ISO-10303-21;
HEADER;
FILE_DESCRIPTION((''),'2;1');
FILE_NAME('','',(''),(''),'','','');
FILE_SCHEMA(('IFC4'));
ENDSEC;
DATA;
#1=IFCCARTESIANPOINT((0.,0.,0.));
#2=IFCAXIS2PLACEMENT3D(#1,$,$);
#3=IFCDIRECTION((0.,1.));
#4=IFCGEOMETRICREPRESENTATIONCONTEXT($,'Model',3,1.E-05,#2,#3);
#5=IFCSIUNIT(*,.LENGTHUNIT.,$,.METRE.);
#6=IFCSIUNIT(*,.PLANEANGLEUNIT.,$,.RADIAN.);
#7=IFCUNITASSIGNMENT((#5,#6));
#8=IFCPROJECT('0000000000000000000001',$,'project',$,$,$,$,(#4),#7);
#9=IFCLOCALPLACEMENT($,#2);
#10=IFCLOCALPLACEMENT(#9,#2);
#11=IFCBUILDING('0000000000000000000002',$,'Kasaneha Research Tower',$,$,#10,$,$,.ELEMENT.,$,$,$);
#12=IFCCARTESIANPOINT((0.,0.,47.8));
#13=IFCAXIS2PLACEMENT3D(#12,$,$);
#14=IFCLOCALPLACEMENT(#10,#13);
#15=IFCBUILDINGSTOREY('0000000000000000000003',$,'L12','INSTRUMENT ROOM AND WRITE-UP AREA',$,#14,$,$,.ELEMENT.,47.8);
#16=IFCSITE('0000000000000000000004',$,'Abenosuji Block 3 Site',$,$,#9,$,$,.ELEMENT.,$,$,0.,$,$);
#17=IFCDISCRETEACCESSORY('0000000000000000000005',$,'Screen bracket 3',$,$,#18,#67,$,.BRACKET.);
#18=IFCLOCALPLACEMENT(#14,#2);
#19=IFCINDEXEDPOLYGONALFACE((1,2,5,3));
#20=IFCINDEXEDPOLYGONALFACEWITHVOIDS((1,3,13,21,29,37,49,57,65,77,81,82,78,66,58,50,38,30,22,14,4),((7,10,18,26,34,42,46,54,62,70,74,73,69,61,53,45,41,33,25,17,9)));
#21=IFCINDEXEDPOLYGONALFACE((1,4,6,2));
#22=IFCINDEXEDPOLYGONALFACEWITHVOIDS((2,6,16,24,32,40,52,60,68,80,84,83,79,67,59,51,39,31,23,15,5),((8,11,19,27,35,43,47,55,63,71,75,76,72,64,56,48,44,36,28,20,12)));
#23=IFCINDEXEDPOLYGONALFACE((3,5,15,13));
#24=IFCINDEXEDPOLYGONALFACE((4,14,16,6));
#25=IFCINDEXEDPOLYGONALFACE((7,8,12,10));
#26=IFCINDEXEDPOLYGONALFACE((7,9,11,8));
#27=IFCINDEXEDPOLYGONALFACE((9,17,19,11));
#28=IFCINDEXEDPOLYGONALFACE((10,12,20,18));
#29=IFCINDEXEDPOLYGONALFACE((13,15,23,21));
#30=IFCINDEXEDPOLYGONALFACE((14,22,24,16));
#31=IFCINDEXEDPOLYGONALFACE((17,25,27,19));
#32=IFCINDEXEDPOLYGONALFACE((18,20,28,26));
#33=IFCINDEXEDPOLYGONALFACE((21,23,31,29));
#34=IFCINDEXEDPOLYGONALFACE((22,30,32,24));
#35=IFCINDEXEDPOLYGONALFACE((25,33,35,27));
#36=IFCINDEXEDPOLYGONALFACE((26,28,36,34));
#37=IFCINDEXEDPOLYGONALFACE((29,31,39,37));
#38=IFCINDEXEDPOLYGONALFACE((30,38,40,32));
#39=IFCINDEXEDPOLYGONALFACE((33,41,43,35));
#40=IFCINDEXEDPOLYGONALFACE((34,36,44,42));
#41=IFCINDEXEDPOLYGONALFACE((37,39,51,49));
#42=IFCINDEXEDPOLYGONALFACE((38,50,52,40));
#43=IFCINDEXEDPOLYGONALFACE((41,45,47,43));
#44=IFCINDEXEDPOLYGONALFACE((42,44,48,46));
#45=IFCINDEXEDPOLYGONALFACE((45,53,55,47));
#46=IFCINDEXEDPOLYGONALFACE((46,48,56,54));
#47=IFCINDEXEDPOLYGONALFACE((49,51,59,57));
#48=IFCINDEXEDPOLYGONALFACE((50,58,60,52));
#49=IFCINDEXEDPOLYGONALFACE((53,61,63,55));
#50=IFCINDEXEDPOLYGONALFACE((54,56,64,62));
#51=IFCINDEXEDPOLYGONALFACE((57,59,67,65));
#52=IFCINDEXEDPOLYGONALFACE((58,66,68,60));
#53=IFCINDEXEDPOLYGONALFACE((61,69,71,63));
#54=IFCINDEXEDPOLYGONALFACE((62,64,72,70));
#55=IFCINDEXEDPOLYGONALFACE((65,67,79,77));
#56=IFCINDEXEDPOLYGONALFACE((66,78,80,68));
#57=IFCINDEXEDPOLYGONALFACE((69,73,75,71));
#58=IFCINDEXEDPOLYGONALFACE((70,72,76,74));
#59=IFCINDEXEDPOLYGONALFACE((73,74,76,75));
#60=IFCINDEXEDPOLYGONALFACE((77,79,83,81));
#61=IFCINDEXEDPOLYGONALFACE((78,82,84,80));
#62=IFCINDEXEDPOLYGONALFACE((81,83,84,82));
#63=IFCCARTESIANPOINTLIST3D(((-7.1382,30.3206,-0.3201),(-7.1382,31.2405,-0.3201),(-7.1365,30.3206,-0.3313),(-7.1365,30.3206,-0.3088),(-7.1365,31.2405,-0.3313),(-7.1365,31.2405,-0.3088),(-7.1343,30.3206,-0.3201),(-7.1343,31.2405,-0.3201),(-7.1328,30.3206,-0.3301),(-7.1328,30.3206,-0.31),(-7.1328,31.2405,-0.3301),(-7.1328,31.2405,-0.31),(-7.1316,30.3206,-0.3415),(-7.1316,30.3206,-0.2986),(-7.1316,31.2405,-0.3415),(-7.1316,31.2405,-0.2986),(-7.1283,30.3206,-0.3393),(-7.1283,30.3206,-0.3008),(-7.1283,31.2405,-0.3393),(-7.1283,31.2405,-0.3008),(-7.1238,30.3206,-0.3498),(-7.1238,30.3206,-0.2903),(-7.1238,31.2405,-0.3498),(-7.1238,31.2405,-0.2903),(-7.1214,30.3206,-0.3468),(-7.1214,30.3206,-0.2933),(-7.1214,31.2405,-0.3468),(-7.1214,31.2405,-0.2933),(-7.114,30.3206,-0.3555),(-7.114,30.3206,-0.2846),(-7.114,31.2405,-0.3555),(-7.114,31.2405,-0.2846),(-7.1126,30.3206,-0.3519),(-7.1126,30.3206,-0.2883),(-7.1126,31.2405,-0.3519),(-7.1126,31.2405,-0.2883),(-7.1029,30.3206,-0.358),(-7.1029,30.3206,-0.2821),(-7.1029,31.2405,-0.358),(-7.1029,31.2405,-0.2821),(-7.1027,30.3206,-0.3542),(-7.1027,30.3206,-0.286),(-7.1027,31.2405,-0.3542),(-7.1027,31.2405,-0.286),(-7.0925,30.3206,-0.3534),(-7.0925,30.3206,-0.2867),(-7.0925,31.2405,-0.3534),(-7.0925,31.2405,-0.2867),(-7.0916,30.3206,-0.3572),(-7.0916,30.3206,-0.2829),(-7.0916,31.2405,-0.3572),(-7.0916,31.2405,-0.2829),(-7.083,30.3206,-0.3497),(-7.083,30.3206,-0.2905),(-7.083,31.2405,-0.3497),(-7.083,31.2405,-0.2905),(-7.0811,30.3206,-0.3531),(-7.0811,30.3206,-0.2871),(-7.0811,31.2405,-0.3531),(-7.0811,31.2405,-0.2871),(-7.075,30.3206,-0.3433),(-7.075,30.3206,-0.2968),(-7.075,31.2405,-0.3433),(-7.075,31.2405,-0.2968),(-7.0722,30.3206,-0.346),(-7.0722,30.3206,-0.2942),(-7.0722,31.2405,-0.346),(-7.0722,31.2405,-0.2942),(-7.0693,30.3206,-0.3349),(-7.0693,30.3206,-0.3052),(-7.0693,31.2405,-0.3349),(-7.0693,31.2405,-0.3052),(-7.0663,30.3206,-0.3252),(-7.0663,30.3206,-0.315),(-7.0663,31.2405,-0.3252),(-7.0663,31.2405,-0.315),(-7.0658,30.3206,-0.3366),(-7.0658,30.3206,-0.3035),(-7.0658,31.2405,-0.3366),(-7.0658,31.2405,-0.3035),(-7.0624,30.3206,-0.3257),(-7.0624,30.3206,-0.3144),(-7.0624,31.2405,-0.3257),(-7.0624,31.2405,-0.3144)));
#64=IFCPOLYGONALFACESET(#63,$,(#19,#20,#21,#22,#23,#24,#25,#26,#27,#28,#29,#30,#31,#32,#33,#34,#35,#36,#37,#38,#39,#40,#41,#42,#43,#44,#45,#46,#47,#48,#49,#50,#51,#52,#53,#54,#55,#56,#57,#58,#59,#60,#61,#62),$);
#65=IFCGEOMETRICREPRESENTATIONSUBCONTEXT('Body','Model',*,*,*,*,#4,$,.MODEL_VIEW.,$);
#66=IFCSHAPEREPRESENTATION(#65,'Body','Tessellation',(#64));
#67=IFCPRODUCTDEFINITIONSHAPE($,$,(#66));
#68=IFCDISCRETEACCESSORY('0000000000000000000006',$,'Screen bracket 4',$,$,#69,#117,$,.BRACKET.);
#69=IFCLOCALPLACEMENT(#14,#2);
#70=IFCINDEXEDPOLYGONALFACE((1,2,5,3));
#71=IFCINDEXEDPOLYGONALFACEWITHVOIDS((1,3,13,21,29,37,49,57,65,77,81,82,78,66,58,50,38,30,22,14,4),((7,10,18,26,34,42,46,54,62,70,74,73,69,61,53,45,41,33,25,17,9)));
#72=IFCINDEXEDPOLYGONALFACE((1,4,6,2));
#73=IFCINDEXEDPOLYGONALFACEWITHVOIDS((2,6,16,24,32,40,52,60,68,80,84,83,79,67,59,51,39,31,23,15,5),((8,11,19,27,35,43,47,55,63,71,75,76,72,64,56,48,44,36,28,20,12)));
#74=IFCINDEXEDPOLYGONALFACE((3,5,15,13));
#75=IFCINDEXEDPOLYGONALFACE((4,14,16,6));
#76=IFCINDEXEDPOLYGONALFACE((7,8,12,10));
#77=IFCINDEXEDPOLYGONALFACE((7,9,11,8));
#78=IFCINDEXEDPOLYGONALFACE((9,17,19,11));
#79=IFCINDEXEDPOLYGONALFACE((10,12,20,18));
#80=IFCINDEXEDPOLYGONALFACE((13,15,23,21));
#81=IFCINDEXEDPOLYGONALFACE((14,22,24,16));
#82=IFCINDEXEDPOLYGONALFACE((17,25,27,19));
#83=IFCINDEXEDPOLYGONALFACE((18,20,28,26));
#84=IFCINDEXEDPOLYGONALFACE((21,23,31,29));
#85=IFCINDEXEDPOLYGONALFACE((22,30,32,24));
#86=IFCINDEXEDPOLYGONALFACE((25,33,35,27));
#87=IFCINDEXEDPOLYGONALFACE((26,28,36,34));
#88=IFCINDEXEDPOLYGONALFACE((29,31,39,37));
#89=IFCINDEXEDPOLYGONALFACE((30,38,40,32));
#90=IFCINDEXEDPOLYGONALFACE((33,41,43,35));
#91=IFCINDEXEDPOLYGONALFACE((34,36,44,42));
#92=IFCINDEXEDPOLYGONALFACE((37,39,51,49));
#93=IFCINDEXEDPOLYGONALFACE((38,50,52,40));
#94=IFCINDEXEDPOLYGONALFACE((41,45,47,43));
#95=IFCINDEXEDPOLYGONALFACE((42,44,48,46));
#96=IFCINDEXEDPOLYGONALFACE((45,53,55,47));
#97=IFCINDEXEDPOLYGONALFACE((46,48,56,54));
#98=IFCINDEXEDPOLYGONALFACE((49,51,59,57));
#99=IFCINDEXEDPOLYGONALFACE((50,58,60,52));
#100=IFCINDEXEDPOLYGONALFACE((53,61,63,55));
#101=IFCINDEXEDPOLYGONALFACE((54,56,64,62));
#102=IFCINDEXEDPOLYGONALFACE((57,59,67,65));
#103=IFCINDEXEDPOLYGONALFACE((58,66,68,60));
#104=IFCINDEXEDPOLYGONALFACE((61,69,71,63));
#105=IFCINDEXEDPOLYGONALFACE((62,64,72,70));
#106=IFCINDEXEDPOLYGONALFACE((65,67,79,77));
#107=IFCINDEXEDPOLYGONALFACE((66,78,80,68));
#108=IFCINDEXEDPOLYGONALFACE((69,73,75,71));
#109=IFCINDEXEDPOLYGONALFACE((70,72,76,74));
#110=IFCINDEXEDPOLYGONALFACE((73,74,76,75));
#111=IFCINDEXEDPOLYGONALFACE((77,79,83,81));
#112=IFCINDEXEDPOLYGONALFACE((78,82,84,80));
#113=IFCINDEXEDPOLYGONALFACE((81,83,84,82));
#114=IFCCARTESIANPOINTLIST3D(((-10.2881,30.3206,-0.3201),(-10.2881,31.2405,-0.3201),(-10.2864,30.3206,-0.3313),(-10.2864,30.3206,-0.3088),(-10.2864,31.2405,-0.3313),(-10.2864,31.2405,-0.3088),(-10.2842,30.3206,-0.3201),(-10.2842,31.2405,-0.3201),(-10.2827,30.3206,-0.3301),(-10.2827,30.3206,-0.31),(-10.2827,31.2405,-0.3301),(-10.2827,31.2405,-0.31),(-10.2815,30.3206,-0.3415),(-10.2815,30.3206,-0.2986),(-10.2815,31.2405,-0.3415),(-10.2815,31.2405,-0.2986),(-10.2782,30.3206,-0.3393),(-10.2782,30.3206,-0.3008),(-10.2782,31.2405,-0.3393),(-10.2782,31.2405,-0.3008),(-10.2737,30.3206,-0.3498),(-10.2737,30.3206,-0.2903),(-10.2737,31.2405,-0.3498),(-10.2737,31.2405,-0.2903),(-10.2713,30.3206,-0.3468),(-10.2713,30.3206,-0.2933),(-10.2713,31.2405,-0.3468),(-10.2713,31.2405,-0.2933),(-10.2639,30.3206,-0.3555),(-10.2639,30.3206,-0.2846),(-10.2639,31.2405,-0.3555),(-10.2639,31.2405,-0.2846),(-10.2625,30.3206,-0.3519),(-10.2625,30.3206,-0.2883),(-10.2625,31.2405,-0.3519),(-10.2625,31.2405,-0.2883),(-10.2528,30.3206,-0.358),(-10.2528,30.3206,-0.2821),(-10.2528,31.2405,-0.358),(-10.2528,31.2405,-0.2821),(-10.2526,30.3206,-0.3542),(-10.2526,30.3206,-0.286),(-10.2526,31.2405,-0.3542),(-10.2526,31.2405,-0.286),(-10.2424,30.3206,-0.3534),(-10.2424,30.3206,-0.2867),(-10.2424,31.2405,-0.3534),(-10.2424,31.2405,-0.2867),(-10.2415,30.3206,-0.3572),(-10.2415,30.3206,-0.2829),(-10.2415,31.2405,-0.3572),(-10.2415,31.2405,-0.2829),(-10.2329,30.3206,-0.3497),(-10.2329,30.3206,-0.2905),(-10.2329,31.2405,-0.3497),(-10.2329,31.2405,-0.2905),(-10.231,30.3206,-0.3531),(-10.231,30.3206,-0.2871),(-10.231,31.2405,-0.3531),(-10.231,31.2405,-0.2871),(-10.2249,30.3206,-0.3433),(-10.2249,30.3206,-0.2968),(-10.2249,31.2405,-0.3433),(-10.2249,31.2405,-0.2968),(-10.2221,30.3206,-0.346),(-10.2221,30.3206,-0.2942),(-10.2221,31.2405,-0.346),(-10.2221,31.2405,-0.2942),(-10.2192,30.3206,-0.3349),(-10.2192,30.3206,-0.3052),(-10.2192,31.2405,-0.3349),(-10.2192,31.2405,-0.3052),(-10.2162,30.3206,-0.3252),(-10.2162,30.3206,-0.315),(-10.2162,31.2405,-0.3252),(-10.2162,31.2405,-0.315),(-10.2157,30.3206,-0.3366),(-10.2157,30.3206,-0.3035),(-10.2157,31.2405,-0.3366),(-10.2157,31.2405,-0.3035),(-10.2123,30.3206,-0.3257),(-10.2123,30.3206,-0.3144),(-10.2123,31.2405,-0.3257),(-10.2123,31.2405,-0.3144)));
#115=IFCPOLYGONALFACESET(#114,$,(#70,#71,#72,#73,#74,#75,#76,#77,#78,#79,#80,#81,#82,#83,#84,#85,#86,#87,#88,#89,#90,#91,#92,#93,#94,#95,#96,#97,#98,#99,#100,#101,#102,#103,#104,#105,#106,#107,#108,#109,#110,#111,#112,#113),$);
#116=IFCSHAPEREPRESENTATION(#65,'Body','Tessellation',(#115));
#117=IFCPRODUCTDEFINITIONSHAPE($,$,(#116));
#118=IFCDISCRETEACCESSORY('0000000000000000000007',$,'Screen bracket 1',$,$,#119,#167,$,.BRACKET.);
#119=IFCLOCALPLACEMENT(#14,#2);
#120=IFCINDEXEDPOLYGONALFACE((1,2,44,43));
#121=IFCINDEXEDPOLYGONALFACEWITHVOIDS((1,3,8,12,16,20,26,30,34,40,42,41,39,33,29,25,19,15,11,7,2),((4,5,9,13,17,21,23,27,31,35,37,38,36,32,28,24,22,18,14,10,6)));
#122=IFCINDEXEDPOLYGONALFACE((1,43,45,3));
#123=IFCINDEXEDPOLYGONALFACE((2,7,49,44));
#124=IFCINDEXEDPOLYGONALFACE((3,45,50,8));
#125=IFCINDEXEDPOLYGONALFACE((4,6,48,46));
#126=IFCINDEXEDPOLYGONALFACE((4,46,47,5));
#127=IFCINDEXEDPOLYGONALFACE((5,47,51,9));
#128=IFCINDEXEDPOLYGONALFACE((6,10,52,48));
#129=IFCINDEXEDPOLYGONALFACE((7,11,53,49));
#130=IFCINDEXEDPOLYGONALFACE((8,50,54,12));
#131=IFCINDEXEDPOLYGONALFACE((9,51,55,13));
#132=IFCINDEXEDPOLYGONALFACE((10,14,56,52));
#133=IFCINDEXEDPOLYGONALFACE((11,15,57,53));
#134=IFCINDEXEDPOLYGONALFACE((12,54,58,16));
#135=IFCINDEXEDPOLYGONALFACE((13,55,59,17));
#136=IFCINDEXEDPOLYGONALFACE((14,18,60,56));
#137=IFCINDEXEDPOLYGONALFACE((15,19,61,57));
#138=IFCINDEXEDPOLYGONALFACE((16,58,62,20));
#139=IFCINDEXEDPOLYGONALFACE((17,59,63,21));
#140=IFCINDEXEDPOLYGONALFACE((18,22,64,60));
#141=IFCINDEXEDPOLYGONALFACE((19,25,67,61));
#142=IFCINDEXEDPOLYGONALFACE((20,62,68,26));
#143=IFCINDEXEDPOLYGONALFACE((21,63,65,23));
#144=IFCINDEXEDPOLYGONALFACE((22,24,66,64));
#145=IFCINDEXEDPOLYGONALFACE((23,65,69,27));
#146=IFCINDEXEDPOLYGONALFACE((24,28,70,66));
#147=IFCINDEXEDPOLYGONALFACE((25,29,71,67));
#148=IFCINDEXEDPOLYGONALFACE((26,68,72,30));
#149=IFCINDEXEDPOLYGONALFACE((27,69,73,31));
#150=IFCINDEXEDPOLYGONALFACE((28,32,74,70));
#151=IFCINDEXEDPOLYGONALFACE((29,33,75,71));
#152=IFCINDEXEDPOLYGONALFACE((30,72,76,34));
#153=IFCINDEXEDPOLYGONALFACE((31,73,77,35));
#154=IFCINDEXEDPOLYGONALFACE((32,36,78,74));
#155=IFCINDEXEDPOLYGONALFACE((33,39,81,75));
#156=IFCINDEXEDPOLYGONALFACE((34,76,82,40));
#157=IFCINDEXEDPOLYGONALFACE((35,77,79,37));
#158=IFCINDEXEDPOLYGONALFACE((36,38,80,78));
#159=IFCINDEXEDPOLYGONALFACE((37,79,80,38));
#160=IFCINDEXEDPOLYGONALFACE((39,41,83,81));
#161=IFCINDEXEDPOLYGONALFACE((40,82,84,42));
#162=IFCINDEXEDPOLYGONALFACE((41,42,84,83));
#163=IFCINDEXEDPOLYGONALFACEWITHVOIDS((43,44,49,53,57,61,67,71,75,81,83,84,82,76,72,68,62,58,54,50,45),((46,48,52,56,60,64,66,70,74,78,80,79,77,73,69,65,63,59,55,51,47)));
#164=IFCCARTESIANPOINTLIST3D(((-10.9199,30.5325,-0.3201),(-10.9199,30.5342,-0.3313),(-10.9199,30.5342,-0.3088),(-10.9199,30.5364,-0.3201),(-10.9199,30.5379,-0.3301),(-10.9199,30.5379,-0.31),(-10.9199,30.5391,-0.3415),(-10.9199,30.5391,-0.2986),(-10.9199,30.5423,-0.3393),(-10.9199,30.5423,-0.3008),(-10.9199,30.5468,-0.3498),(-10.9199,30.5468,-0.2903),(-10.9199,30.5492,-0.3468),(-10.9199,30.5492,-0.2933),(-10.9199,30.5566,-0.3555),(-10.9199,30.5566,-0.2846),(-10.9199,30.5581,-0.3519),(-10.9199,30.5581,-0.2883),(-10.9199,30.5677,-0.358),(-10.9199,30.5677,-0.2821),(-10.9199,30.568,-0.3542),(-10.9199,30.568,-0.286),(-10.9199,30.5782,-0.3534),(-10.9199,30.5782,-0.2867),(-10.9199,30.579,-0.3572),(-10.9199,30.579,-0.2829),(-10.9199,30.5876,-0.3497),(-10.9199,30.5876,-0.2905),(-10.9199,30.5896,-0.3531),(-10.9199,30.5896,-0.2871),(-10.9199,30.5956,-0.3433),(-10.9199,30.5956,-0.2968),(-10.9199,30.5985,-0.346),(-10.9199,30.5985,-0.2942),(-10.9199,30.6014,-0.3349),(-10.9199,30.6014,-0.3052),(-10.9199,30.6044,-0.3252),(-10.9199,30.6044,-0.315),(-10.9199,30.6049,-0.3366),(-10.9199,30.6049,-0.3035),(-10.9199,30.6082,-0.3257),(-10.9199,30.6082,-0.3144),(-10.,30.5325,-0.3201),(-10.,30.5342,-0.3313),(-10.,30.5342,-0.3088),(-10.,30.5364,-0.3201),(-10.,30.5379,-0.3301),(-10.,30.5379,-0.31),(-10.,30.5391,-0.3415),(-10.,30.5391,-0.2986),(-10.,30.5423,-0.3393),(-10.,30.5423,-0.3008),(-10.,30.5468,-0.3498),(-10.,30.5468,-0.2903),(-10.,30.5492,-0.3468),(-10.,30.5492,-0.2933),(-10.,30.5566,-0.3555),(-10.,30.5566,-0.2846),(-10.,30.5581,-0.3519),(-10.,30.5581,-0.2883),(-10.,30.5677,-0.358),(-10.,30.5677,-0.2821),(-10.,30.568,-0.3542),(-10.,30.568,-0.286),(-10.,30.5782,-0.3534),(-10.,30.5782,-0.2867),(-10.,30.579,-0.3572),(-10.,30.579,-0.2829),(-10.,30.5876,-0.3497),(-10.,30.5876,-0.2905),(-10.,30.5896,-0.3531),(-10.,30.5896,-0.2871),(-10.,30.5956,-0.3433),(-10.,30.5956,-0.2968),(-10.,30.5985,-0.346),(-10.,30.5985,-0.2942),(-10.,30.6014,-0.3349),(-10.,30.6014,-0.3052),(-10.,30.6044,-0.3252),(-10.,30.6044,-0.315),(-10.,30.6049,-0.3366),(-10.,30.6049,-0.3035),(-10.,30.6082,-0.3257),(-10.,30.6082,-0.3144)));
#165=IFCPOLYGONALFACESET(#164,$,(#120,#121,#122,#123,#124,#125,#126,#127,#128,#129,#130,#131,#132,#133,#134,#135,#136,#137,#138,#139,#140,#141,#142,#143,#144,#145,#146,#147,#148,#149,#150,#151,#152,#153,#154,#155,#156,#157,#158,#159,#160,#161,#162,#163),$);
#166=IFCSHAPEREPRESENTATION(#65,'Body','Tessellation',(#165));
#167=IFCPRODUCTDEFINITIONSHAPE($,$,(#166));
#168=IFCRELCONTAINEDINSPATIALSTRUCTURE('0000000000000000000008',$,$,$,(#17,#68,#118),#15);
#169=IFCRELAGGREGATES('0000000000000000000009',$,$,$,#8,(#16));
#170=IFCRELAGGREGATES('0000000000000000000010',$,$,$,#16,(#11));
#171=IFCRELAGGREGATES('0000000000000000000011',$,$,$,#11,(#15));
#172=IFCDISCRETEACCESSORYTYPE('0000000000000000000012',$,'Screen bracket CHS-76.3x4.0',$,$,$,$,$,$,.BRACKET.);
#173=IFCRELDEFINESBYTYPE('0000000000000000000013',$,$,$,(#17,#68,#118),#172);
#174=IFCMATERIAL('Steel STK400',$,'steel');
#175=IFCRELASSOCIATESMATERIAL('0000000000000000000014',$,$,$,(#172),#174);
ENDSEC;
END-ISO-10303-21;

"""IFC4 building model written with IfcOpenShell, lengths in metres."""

from ifc_helpers import new_model, si_unit, direction, frame, origin, origin_2d, place, context, subcontext, project, spatial, hollow_circle, extrude, material, material_profile, profile_set, type_object, element, save


model = new_model("IFC4")

# Units and contexts
model_context = context("Model", 3, precision=1e-05, world=origin(), true_north=direction((0.0, 1.0)))
body_context = subcontext(model_context, "Body", "Model", "MODEL_VIEW")
ifc_project = project(units=[si_unit("LENGTHUNIT", "METRE"), si_unit("PLANEANGLEUNIT", "RADIAN")], contexts=[model_context])

# Site, building, storey
site_placement = place(None, origin())
site = spatial("IfcSite", under=ifc_project, at=site_placement, Name="Abenosuji Block 3 Site", CompositionType="ELEMENT", RefElevation=0.0)
building_placement = place(site_placement, origin())
building = spatial("IfcBuilding", under=site, at=building_placement, Name="Kasaneha Research Tower", CompositionType="ELEMENT")
storey_placement = place(building_placement, frame((0.0, 0.0, 47.8)))
storey = spatial("IfcBuildingStorey", under=building, at=storey_placement, Name="L12", Description="INSTRUMENT ROOM AND WRITE-UP AREA", CompositionType="ELEMENT", Elevation=47.8)

# Discrete accessories
ifc_material_1 = material(Name="Steel STK400", Category="steel")
ifc_material_profile_1 = material_profile(ifc_material_1, hollow_circle(Radius=0.0381, WallThickness=0.0039, at=origin_2d()), Name="CHS-76.3x4.0")
ifc_profile_set_1 = profile_set([ifc_material_profile_1], Name="Steel STK400")
discrete_accessory_type = type_object("IfcDiscreteAccessoryType", Name="Screen bracket CHS-76.3x4.0", PredefinedType="BRACKET", material=ifc_profile_set_1)
for number, where, z_axis, x_axis, name in (
    (1, (-7.1001, 30.3206, -0.3201), (0.0, 1.0, 0.0), (-1.0, 0.0, 0.0), "Screen bracket 3"),
    (2, (-10.25, 30.3206, -0.3201), (0.0, 1.0, 0.0), (-1.0, 0.0, 0.0), "Screen bracket 4"),
    (3, (-10.0, 30.5706, -0.3201), (-1.0, 0.0, 0.0), (0.0, -1.0, 0.0), "Screen bracket 1"),
):
    element("IfcDiscreteAccessory", number, at=place(storey_placement, frame(where, z_axis=z_axis, x_axis=x_axis)), inside=storey, type_object=discrete_accessory_type, Name=name, PredefinedType="BRACKET", context=body_context, shape_type="SweptSolid", body=[
        extrude(hollow_circle(Radius=0.0381, WallThickness=0.0039, at=origin_2d()), origin(), (0.0, 0.0, 1.0), 0.9199),
    ])

save(model, "model.ifc")
